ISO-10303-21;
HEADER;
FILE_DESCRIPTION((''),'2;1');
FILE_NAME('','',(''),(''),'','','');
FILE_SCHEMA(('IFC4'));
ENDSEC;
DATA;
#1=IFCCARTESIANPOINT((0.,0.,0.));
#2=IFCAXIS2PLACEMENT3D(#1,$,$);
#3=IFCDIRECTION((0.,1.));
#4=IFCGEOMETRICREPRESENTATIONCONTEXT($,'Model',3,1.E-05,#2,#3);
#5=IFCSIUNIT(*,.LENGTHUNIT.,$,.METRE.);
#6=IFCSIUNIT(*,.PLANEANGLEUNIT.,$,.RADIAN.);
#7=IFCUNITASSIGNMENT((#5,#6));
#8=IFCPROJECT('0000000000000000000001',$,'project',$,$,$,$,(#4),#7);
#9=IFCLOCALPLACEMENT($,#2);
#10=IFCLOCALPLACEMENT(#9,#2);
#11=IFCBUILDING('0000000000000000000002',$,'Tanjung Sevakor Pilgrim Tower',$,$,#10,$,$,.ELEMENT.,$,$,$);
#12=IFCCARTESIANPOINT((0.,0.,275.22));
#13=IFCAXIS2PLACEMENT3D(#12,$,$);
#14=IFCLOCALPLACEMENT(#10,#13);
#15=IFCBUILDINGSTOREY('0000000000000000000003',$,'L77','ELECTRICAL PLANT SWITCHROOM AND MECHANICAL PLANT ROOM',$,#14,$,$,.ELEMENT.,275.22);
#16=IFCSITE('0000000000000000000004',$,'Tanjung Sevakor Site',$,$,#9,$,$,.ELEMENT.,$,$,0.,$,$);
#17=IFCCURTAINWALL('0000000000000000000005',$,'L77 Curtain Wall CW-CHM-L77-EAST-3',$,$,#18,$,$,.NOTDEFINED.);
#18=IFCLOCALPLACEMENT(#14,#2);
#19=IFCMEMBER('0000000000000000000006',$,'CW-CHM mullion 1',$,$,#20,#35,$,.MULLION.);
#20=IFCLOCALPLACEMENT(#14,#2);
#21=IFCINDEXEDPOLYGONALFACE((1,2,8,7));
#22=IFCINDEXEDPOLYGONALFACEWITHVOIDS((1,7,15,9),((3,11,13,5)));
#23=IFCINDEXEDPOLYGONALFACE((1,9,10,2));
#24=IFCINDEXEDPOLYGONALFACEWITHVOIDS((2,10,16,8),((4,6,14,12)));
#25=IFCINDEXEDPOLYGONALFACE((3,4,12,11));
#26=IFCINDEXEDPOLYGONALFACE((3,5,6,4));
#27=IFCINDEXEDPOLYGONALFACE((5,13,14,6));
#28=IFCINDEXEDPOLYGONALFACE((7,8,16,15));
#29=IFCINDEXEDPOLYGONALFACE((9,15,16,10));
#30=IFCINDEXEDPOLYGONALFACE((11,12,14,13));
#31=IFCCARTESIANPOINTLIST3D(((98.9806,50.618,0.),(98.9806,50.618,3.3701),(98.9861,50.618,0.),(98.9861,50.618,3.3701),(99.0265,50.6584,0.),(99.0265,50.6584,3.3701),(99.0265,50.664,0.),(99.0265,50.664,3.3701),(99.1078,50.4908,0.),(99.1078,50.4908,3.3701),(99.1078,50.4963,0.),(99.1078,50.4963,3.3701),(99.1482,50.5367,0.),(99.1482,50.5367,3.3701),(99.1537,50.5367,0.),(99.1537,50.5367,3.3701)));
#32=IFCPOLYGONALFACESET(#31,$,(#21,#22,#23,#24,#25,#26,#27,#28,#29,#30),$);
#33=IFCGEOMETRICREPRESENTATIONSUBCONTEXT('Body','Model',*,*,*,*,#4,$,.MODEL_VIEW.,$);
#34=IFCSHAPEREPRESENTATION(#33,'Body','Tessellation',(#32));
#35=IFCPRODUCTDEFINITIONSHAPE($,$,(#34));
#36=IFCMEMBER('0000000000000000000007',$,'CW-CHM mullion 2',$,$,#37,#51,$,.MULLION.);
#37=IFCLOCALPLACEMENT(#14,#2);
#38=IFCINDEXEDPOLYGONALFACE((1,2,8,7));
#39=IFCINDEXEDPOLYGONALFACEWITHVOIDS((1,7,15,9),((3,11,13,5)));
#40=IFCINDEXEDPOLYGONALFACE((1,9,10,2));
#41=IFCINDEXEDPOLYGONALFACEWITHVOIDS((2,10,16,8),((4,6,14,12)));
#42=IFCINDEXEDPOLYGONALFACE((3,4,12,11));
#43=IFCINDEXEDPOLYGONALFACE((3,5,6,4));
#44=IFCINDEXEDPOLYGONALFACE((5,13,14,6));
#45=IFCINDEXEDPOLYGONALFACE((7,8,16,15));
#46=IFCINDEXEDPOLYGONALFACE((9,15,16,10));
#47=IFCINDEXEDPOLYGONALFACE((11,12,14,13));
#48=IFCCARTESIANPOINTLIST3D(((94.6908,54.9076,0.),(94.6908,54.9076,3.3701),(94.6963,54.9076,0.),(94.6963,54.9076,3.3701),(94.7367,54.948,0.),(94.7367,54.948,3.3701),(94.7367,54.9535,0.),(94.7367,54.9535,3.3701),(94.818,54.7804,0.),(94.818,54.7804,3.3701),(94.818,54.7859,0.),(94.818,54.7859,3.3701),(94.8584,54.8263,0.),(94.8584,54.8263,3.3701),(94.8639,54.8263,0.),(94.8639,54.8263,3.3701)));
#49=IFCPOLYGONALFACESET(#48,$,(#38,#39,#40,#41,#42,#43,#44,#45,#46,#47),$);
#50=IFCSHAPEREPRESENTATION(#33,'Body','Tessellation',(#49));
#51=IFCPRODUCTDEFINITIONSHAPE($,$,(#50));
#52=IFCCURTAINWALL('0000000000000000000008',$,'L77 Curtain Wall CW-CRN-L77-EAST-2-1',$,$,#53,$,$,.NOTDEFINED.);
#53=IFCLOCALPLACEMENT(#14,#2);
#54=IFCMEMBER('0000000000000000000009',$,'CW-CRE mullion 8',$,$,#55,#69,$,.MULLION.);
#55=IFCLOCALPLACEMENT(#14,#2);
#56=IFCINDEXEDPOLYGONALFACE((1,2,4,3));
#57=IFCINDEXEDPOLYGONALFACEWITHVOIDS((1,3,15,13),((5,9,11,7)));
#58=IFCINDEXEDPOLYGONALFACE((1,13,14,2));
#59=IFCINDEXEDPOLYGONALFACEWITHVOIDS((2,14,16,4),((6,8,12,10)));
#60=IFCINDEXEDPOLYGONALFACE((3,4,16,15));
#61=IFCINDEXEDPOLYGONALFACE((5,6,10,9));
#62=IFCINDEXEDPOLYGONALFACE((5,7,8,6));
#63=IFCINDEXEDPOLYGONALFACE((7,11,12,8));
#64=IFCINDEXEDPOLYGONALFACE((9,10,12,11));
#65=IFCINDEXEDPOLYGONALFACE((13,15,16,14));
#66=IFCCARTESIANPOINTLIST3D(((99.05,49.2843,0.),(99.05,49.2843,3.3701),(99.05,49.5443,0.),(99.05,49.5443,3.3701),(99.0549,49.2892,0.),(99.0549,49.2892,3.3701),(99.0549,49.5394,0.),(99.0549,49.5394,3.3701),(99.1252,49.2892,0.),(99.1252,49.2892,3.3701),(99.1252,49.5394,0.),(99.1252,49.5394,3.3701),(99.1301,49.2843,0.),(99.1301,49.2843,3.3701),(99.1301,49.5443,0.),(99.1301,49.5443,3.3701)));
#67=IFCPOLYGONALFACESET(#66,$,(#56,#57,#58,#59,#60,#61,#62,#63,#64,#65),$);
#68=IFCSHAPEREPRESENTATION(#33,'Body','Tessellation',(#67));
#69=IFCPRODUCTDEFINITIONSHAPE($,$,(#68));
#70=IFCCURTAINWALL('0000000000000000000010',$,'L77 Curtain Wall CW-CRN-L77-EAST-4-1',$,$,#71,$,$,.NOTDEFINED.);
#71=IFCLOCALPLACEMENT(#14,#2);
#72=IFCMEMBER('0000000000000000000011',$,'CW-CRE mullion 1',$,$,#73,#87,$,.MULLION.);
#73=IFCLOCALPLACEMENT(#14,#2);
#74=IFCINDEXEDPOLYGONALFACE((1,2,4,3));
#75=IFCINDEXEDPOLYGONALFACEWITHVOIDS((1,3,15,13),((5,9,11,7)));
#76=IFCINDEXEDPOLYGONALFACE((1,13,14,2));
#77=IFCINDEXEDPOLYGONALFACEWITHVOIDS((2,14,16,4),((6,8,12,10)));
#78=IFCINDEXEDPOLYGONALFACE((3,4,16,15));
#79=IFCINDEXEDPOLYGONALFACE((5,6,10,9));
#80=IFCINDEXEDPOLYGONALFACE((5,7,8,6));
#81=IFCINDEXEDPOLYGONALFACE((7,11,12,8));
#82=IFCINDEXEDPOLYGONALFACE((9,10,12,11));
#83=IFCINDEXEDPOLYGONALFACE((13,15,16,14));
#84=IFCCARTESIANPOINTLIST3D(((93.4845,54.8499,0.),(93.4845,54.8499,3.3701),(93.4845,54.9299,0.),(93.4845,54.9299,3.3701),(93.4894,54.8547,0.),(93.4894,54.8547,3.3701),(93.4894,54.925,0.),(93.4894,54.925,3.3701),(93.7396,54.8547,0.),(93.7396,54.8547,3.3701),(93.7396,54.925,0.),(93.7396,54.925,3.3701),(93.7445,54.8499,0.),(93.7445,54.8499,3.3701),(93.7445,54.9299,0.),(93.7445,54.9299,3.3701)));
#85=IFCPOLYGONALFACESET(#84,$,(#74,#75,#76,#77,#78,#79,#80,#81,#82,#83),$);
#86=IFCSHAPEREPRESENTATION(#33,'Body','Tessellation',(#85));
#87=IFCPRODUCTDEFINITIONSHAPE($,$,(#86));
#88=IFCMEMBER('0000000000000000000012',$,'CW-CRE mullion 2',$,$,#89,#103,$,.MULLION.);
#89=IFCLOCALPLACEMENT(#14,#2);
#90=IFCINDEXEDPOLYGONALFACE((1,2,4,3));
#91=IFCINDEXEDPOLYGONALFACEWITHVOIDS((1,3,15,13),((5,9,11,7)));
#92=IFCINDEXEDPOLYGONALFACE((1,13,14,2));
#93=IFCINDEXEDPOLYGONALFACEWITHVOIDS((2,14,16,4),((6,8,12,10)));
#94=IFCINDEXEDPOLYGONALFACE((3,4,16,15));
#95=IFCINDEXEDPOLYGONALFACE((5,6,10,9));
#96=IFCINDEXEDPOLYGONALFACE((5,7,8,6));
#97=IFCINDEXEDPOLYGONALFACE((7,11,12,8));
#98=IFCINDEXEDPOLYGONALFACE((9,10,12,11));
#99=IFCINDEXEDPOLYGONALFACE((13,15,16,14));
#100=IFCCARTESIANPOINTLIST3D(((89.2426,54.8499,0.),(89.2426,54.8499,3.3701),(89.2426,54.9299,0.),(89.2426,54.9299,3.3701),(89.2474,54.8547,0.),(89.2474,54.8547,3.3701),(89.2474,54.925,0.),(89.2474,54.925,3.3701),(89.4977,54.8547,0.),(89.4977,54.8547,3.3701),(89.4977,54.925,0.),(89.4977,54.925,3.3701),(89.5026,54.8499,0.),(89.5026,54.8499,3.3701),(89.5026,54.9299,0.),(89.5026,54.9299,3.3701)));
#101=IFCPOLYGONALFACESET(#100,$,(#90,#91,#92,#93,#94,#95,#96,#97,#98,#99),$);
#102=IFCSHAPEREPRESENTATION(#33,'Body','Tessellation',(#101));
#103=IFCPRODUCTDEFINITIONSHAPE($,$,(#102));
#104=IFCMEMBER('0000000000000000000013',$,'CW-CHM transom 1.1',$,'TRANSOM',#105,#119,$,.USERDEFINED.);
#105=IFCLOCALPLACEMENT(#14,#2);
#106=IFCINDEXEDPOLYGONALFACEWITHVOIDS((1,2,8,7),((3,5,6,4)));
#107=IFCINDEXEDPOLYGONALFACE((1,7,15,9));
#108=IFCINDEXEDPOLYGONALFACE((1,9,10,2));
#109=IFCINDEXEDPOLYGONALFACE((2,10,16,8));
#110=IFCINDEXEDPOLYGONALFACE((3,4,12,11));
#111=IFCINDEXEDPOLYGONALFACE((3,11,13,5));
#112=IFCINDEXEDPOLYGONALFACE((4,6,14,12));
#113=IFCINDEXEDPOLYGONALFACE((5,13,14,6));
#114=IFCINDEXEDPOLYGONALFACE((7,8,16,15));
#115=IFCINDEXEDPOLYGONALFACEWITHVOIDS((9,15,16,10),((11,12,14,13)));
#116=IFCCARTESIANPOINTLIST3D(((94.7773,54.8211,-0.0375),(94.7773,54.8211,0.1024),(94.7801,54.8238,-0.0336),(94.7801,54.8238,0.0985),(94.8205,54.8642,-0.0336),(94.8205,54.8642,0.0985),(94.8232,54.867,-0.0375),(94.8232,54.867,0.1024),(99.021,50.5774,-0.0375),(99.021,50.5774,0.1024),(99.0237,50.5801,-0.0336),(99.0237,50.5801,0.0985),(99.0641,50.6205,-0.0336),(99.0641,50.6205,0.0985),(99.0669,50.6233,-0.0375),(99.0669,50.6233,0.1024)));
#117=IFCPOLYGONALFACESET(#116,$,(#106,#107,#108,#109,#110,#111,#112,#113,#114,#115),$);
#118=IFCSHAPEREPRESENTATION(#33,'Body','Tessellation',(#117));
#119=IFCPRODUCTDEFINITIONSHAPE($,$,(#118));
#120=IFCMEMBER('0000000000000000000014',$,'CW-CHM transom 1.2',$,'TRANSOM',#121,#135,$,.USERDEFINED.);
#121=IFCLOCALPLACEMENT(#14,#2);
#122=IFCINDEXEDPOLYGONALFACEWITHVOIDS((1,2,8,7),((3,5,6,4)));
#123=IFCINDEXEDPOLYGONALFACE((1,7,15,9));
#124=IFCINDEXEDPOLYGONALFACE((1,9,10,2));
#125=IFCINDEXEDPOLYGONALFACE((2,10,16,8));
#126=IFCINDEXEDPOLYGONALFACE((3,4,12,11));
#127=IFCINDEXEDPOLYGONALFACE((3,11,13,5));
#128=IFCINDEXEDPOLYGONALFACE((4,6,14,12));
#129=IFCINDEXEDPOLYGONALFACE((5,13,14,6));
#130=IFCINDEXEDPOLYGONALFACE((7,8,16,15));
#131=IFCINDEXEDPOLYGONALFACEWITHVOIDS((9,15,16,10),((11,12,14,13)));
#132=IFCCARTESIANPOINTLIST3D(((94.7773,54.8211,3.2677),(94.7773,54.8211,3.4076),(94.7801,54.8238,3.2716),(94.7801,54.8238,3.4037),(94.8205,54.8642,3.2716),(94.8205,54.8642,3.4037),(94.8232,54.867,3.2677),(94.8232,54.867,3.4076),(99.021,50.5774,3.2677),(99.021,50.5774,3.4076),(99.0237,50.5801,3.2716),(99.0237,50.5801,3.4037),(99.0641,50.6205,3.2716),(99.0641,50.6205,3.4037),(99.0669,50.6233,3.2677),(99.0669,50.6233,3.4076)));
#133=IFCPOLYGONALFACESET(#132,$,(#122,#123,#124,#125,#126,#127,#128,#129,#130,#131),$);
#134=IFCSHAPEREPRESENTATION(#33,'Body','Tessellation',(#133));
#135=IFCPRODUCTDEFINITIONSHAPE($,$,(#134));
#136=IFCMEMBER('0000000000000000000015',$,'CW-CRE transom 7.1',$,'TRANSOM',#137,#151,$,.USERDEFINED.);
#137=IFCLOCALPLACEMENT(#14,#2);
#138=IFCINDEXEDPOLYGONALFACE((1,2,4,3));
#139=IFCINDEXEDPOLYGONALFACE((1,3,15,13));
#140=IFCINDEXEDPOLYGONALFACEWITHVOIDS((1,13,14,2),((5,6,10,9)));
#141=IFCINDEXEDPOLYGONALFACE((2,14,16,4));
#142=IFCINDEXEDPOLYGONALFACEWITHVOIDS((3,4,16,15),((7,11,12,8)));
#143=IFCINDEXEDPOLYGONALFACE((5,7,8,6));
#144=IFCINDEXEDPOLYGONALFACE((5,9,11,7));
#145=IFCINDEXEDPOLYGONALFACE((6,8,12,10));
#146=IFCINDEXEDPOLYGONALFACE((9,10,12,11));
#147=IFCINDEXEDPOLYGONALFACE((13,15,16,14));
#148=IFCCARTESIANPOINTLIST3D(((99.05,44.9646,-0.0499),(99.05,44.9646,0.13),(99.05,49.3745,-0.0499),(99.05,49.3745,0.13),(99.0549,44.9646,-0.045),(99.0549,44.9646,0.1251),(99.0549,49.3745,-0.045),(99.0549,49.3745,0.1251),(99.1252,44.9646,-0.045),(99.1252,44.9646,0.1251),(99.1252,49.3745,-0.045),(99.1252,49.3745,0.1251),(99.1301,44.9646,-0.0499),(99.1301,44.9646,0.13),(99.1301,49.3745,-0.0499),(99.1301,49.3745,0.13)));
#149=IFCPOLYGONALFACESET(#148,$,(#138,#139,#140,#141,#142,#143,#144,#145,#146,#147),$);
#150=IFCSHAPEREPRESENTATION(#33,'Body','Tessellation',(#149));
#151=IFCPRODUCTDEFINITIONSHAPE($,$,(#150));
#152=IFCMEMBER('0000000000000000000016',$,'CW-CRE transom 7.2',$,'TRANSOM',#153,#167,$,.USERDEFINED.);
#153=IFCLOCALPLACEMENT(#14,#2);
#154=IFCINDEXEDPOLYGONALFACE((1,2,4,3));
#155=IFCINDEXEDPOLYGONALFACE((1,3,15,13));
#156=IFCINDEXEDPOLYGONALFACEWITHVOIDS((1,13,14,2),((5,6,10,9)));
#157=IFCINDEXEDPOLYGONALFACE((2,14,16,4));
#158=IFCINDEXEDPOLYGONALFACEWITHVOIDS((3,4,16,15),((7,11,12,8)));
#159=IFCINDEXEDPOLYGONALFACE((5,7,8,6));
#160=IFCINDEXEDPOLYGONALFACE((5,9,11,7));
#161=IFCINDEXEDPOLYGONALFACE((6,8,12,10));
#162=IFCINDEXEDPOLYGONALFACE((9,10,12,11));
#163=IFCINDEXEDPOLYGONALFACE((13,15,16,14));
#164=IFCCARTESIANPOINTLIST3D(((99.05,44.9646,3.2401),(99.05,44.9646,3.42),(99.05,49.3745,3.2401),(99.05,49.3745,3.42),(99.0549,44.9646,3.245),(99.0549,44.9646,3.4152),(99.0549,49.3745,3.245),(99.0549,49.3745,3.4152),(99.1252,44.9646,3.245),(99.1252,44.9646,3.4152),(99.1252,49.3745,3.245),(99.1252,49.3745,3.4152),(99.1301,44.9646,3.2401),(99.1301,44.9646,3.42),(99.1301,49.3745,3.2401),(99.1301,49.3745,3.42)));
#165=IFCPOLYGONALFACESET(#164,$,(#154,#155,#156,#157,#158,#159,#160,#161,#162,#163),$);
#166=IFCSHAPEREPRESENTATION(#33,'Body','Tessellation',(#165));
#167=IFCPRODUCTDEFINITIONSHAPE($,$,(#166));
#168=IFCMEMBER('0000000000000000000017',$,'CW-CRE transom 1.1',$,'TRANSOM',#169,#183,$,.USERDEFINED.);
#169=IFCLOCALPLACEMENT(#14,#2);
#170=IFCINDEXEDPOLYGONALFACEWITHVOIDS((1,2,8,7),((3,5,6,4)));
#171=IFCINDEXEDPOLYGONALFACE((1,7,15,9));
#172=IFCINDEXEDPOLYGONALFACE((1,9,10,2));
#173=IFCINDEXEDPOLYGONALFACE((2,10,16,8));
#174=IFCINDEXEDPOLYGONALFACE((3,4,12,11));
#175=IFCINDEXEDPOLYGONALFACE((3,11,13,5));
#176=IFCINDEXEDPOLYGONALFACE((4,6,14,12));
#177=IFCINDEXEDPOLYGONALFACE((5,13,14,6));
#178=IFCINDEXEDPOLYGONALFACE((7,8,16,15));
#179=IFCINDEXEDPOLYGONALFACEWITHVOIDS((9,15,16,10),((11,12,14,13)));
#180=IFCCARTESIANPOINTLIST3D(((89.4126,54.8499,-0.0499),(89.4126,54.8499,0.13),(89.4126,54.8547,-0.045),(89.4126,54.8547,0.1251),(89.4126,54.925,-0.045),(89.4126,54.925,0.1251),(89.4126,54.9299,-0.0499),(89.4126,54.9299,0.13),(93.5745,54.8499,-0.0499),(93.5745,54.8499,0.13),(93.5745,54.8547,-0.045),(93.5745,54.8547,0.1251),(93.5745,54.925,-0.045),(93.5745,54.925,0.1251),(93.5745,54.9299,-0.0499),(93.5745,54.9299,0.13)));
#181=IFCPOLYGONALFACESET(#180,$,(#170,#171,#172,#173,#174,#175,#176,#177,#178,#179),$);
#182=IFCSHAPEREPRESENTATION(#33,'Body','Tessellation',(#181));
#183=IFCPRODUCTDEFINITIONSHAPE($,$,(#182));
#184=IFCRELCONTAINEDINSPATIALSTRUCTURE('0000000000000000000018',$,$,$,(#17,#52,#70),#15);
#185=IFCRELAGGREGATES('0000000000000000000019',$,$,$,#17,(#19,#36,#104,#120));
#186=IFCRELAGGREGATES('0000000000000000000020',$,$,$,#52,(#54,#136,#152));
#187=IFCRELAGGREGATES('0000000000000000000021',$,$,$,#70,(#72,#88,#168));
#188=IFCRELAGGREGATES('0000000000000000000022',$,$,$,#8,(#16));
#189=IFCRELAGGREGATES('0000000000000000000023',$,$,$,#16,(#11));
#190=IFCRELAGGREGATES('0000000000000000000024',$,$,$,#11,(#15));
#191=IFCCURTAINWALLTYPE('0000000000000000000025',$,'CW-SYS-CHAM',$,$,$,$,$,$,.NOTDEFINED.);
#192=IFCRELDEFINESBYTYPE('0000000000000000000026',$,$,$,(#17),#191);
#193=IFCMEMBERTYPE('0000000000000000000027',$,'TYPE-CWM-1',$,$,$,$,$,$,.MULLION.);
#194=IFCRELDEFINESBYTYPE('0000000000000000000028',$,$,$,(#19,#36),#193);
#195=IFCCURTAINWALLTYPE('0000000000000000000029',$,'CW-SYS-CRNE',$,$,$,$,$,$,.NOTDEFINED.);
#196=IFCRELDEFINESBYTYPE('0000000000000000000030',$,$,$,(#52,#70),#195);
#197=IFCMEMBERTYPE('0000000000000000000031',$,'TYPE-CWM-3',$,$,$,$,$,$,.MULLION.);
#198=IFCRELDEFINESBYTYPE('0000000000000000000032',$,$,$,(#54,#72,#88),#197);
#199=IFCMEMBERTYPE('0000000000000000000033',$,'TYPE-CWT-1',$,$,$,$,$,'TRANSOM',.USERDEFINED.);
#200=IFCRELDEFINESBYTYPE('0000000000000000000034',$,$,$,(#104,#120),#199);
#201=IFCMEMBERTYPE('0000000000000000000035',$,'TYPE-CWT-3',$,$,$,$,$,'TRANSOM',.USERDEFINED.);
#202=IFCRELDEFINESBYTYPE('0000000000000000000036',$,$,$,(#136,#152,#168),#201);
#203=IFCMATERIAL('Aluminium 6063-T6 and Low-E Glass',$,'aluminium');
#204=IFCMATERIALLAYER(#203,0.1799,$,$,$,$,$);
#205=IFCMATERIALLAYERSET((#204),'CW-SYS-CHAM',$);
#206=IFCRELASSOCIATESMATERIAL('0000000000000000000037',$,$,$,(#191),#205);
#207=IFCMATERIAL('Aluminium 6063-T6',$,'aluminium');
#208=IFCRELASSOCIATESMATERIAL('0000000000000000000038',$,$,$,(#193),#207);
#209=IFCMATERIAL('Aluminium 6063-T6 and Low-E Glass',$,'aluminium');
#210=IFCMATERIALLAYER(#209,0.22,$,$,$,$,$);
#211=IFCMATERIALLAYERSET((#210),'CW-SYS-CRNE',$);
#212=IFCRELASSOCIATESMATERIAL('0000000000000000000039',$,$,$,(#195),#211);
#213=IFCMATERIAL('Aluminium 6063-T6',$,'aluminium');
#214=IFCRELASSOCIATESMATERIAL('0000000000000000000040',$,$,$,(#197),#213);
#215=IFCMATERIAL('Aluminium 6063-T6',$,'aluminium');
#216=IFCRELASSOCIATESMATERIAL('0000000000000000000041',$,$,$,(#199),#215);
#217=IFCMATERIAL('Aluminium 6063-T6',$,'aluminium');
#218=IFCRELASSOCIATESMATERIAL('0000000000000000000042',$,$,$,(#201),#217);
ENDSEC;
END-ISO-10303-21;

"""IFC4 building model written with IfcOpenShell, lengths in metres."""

from ifc_helpers import new_model, si_unit, direction, frame, origin, origin_2d, place, context, subcontext, project, spatial, hollow_rectangle, extrude, material, layer, layer_set, material_profile, profile_set, type_object, element, aggregate, save


model = new_model("IFC4")

# Units and contexts
model_context = context("Model", 3, precision=1e-05, world=origin(), true_north=direction((0.0, 1.0)))
body_context = subcontext(model_context, "Body", "Model", "MODEL_VIEW")
ifc_project = project(units=[si_unit("LENGTHUNIT", "METRE"), si_unit("PLANEANGLEUNIT", "RADIAN")], contexts=[model_context])

# Site, building, storey
site_placement = place(None, origin())
site = spatial("IfcSite", under=ifc_project, at=site_placement, Name="Tanjung Sevakor Site", CompositionType="ELEMENT", RefElevation=0.0)
building_placement = place(site_placement, origin())
building = spatial("IfcBuilding", under=site, at=building_placement, Name="Tanjung Sevakor Pilgrim Tower", CompositionType="ELEMENT")
storey_placement = place(building_placement, frame((0.0, 0.0, 275.22)))
storey = spatial("IfcBuildingStorey", under=building, at=storey_placement, Name="L77", Description="ELECTRICAL PLANT SWITCHROOM AND MECHANICAL PLANT ROOM", CompositionType="ELEMENT", Elevation=275.22)

# Curtain wall, members
ifc_material_1 = material(Name="Aluminium 6063-T6 and Low-E Glass", Category="aluminium")
ifc_layer_1 = layer(ifc_material_1, 0.1799)
ifc_layer_set_1 = layer_set([ifc_layer_1], Name="CW-SYS-CHAM")
curtain_wall_type_1 = type_object("IfcCurtainWallType", Name="CW-SYS-CHAM", PredefinedType="NOTDEFINED", material=ifc_layer_set_1)
curtain_wall_1_placement = place(storey_placement, origin())
curtain_wall_1 = element("IfcCurtainWall", 1, at=curtain_wall_1_placement, inside=storey, type_object=curtain_wall_type_1, Name="L77 Curtain Wall CW-CHM-L77-EAST-3", PredefinedType="NOTDEFINED")
ifc_material_2 = material(Name="Aluminium 6063-T6", Category="aluminium")
ifc_material_profile_1 = material_profile(ifc_material_2, hollow_rectangle(XDim=0.0649, YDim=0.1799, WallThickness=0.0039, at=origin_2d()))
ifc_profile_set_1 = profile_set([ifc_material_profile_1], Name="Aluminium 6063-T6")
member_type_1 = type_object("IfcMemberType", Name="TYPE-CWM-1", PredefinedType="MULLION", material=ifc_profile_set_1)
member_1_placement = place(storey_placement, frame((99.0671, 50.5774, 0.0), z_axis=(0.0, 0.0, 1.0), x_axis=(-0.707107, -0.707107, 0.0)))
member_1 = element("IfcMember", 2, at=member_1_placement, type_object=member_type_1, Name="CW-CHM mullion 1", PredefinedType="MULLION", context=body_context, shape_type="SweptSolid", body=[
    extrude(hollow_rectangle(XDim=0.0649, YDim=0.1799, WallThickness=0.0039, at=origin_2d()), origin(), (0.0, 0.0, 1.0), 3.3701),
])
member_2_placement = place(storey_placement, frame((94.7773, 54.8669, 0.0), z_axis=(0.0, 0.0, 1.0), x_axis=(-0.707107, -0.707107, 0.0)))
member_2 = element("IfcMember", 3, at=member_2_placement, type_object=member_type_1, Name="CW-CHM mullion 2", PredefinedType="MULLION", context=body_context, shape_type="SweptSolid", body=[
    extrude(hollow_rectangle(XDim=0.0649, YDim=0.1799, WallThickness=0.0039, at=origin_2d()), origin(), (0.0, 0.0, 1.0), 3.3701),
])

# Curtain wall, member
ifc_material_3 = material(Name="Aluminium 6063-T6 and Low-E Glass", Category="aluminium")
ifc_layer_2 = layer(ifc_material_3, 0.22)
ifc_layer_set_2 = layer_set([ifc_layer_2], Name="CW-SYS-CRNE")
curtain_wall_type_2 = type_object("IfcCurtainWallType", Name="CW-SYS-CRNE", PredefinedType="NOTDEFINED", material=ifc_layer_set_2)
curtain_wall_2_placement = place(storey_placement, origin())
curtain_wall_2 = element("IfcCurtainWall", 4, at=curtain_wall_2_placement, inside=storey, type_object=curtain_wall_type_2, Name="L77 Curtain Wall CW-CRN-L77-EAST-2-1", PredefinedType="NOTDEFINED")
ifc_material_4 = material(Name="Aluminium 6063-T6", Category="aluminium")
ifc_material_profile_2 = material_profile(ifc_material_4, hollow_rectangle(XDim=0.0801, YDim=0.26, WallThickness=0.0049, at=origin_2d()))
ifc_profile_set_2 = profile_set([ifc_material_profile_2], Name="Aluminium 6063-T6")
member_type_2 = type_object("IfcMemberType", Name="TYPE-CWM-3", PredefinedType="MULLION", material=ifc_profile_set_2)
member_3_placement = place(storey_placement, frame((99.0901, 49.4143, 0.0), z_axis=(0.0, 0.0, 1.0), x_axis=(-1.0, 0.0, 0.0)))
member_3 = element("IfcMember", 5, at=member_3_placement, type_object=member_type_2, Name="CW-CRE mullion 8", PredefinedType="MULLION", context=body_context, shape_type="SweptSolid", body=[
    extrude(hollow_rectangle(XDim=0.0801, YDim=0.26, WallThickness=0.0049, at=origin_2d()), origin(), (0.0, 0.0, 1.0), 3.3701),
])

# Curtain wall, members
curtain_wall_3_placement = place(storey_placement, origin())
curtain_wall_3 = element("IfcCurtainWall", 6, at=curtain_wall_3_placement, inside=storey, type_object=curtain_wall_type_2, Name="L77 Curtain Wall CW-CRN-L77-EAST-4-1", PredefinedType="NOTDEFINED")
member_4_placement = place(storey_placement, frame((93.6145, 54.8899, 0.0), z_axis=(0.0, 0.0, 1.0), x_axis=(0.0, -1.0, 0.0)))
member_4 = element("IfcMember", 7, at=member_4_placement, type_object=member_type_2, Name="CW-CRE mullion 1", PredefinedType="MULLION", context=body_context, shape_type="SweptSolid", body=[
    extrude(hollow_rectangle(XDim=0.0801, YDim=0.26, WallThickness=0.0049, at=origin_2d()), origin(), (0.0, 0.0, 1.0), 3.3701),
])
member_5_placement = place(storey_placement, frame((89.3726, 54.8899, 0.0), z_axis=(0.0, 0.0, 1.0), x_axis=(0.0, -1.0, 0.0)))
member_5 = element("IfcMember", 8, at=member_5_placement, type_object=member_type_2, Name="CW-CRE mullion 2", PredefinedType="MULLION", context=body_context, shape_type="SweptSolid", body=[
    extrude(hollow_rectangle(XDim=0.0801, YDim=0.26, WallThickness=0.0049, at=origin_2d()), origin(), (0.0, 0.0, 1.0), 3.3701),
])

# Members
ifc_material_5 = material(Name="Aluminium 6063-T6", Category="aluminium")
ifc_material_profile_3 = material_profile(ifc_material_5, hollow_rectangle(XDim=0.0649, YDim=0.1399, WallThickness=0.0039, at=origin_2d()))
ifc_profile_set_3 = profile_set([ifc_material_profile_3], Name="Aluminium 6063-T6")
member_type_3 = type_object("IfcMemberType", Name="TYPE-CWT-1", ElementType="TRANSOM", PredefinedType="USERDEFINED", material=ifc_profile_set_3)
member_6_placement = place(storey_placement, frame((99.0439, 50.6003, 0.0325), z_axis=(-0.707107, 0.707107, 0.0), x_axis=(-0.707107, -0.707107, 0.0)))
member_6 = element("IfcMember", 9, at=member_6_placement, type_object=member_type_3, Name="CW-CHM transom 1.1", ObjectType="TRANSOM", PredefinedType="USERDEFINED", context=body_context, shape_type="SweptSolid", body=[
    extrude(hollow_rectangle(XDim=0.0649, YDim=0.1399, WallThickness=0.0039, at=origin_2d()), origin(), (0.0, 0.0, 1.0), 6.0015),
])
member_7_placement = place(storey_placement, frame((99.0439, 50.6003, 3.3376), z_axis=(-0.707107, 0.707107, 0.0), x_axis=(-0.707107, -0.707107, 0.0)))
member_7 = element("IfcMember", 10, at=member_7_placement, type_object=member_type_3, Name="CW-CHM transom 1.2", ObjectType="TRANSOM", PredefinedType="USERDEFINED", context=body_context, shape_type="SweptSolid", body=[
    extrude(hollow_rectangle(XDim=0.0649, YDim=0.1399, WallThickness=0.0039, at=origin_2d()), origin(), (0.0, 0.0, 1.0), 6.0015),
])
ifc_material_6 = material(Name="Aluminium 6063-T6", Category="aluminium")
ifc_material_profile_4 = material_profile(ifc_material_6, hollow_rectangle(XDim=0.0801, YDim=0.1799, WallThickness=0.0049, at=origin_2d()))
ifc_profile_set_4 = profile_set([ifc_material_profile_4], Name="Aluminium 6063-T6")
member_type_4 = type_object("IfcMemberType", Name="TYPE-CWT-3", ElementType="TRANSOM", PredefinedType="USERDEFINED", material=ifc_profile_set_4)
member_8_placement = place(storey_placement, frame((99.0901, 44.9646, 0.04), z_axis=(0.0, 1.0, 0.0), x_axis=(-1.0, 0.0, 0.0)))
member_8 = element("IfcMember", 11, at=member_8_placement, type_object=member_type_4, Name="CW-CRE transom 7.1", ObjectType="TRANSOM", PredefinedType="USERDEFINED", context=body_context, shape_type="SweptSolid", body=[
    extrude(hollow_rectangle(XDim=0.0801, YDim=0.1799, WallThickness=0.0049, at=origin_2d()), origin(), (0.0, 0.0, 1.0), 4.4099),
])
member_9_placement = place(storey_placement, frame((99.0901, 44.9646, 3.3301), z_axis=(0.0, 1.0, 0.0), x_axis=(-1.0, 0.0, 0.0)))
member_9 = element("IfcMember", 12, at=member_9_placement, type_object=member_type_4, Name="CW-CRE transom 7.2", ObjectType="TRANSOM", PredefinedType="USERDEFINED", context=body_context, shape_type="SweptSolid", body=[
    extrude(hollow_rectangle(XDim=0.0801, YDim=0.1799, WallThickness=0.0049, at=origin_2d()), origin(), (0.0, 0.0, 1.0), 4.4099),
])
member_10_placement = place(storey_placement, frame((93.5745, 54.8899, 0.04), z_axis=(-1.0, 0.0, 0.0), x_axis=(0.0, -1.0, 0.0)))
member_10 = element("IfcMember", 13, at=member_10_placement, type_object=member_type_4, Name="CW-CRE transom 1.1", ObjectType="TRANSOM", PredefinedType="USERDEFINED", context=body_context, shape_type="SweptSolid", body=[
    extrude(hollow_rectangle(XDim=0.0801, YDim=0.1799, WallThickness=0.0049, at=origin_2d()), origin(), (0.0, 0.0, 1.0), 4.1619),
])

aggregate(curtain_wall_1, [member_1, member_2, member_6, member_7])
aggregate(curtain_wall_2, [member_3, member_8, member_9])
aggregate(curtain_wall_3, [member_4, member_5, member_10])

save(model, "model.ifc")
